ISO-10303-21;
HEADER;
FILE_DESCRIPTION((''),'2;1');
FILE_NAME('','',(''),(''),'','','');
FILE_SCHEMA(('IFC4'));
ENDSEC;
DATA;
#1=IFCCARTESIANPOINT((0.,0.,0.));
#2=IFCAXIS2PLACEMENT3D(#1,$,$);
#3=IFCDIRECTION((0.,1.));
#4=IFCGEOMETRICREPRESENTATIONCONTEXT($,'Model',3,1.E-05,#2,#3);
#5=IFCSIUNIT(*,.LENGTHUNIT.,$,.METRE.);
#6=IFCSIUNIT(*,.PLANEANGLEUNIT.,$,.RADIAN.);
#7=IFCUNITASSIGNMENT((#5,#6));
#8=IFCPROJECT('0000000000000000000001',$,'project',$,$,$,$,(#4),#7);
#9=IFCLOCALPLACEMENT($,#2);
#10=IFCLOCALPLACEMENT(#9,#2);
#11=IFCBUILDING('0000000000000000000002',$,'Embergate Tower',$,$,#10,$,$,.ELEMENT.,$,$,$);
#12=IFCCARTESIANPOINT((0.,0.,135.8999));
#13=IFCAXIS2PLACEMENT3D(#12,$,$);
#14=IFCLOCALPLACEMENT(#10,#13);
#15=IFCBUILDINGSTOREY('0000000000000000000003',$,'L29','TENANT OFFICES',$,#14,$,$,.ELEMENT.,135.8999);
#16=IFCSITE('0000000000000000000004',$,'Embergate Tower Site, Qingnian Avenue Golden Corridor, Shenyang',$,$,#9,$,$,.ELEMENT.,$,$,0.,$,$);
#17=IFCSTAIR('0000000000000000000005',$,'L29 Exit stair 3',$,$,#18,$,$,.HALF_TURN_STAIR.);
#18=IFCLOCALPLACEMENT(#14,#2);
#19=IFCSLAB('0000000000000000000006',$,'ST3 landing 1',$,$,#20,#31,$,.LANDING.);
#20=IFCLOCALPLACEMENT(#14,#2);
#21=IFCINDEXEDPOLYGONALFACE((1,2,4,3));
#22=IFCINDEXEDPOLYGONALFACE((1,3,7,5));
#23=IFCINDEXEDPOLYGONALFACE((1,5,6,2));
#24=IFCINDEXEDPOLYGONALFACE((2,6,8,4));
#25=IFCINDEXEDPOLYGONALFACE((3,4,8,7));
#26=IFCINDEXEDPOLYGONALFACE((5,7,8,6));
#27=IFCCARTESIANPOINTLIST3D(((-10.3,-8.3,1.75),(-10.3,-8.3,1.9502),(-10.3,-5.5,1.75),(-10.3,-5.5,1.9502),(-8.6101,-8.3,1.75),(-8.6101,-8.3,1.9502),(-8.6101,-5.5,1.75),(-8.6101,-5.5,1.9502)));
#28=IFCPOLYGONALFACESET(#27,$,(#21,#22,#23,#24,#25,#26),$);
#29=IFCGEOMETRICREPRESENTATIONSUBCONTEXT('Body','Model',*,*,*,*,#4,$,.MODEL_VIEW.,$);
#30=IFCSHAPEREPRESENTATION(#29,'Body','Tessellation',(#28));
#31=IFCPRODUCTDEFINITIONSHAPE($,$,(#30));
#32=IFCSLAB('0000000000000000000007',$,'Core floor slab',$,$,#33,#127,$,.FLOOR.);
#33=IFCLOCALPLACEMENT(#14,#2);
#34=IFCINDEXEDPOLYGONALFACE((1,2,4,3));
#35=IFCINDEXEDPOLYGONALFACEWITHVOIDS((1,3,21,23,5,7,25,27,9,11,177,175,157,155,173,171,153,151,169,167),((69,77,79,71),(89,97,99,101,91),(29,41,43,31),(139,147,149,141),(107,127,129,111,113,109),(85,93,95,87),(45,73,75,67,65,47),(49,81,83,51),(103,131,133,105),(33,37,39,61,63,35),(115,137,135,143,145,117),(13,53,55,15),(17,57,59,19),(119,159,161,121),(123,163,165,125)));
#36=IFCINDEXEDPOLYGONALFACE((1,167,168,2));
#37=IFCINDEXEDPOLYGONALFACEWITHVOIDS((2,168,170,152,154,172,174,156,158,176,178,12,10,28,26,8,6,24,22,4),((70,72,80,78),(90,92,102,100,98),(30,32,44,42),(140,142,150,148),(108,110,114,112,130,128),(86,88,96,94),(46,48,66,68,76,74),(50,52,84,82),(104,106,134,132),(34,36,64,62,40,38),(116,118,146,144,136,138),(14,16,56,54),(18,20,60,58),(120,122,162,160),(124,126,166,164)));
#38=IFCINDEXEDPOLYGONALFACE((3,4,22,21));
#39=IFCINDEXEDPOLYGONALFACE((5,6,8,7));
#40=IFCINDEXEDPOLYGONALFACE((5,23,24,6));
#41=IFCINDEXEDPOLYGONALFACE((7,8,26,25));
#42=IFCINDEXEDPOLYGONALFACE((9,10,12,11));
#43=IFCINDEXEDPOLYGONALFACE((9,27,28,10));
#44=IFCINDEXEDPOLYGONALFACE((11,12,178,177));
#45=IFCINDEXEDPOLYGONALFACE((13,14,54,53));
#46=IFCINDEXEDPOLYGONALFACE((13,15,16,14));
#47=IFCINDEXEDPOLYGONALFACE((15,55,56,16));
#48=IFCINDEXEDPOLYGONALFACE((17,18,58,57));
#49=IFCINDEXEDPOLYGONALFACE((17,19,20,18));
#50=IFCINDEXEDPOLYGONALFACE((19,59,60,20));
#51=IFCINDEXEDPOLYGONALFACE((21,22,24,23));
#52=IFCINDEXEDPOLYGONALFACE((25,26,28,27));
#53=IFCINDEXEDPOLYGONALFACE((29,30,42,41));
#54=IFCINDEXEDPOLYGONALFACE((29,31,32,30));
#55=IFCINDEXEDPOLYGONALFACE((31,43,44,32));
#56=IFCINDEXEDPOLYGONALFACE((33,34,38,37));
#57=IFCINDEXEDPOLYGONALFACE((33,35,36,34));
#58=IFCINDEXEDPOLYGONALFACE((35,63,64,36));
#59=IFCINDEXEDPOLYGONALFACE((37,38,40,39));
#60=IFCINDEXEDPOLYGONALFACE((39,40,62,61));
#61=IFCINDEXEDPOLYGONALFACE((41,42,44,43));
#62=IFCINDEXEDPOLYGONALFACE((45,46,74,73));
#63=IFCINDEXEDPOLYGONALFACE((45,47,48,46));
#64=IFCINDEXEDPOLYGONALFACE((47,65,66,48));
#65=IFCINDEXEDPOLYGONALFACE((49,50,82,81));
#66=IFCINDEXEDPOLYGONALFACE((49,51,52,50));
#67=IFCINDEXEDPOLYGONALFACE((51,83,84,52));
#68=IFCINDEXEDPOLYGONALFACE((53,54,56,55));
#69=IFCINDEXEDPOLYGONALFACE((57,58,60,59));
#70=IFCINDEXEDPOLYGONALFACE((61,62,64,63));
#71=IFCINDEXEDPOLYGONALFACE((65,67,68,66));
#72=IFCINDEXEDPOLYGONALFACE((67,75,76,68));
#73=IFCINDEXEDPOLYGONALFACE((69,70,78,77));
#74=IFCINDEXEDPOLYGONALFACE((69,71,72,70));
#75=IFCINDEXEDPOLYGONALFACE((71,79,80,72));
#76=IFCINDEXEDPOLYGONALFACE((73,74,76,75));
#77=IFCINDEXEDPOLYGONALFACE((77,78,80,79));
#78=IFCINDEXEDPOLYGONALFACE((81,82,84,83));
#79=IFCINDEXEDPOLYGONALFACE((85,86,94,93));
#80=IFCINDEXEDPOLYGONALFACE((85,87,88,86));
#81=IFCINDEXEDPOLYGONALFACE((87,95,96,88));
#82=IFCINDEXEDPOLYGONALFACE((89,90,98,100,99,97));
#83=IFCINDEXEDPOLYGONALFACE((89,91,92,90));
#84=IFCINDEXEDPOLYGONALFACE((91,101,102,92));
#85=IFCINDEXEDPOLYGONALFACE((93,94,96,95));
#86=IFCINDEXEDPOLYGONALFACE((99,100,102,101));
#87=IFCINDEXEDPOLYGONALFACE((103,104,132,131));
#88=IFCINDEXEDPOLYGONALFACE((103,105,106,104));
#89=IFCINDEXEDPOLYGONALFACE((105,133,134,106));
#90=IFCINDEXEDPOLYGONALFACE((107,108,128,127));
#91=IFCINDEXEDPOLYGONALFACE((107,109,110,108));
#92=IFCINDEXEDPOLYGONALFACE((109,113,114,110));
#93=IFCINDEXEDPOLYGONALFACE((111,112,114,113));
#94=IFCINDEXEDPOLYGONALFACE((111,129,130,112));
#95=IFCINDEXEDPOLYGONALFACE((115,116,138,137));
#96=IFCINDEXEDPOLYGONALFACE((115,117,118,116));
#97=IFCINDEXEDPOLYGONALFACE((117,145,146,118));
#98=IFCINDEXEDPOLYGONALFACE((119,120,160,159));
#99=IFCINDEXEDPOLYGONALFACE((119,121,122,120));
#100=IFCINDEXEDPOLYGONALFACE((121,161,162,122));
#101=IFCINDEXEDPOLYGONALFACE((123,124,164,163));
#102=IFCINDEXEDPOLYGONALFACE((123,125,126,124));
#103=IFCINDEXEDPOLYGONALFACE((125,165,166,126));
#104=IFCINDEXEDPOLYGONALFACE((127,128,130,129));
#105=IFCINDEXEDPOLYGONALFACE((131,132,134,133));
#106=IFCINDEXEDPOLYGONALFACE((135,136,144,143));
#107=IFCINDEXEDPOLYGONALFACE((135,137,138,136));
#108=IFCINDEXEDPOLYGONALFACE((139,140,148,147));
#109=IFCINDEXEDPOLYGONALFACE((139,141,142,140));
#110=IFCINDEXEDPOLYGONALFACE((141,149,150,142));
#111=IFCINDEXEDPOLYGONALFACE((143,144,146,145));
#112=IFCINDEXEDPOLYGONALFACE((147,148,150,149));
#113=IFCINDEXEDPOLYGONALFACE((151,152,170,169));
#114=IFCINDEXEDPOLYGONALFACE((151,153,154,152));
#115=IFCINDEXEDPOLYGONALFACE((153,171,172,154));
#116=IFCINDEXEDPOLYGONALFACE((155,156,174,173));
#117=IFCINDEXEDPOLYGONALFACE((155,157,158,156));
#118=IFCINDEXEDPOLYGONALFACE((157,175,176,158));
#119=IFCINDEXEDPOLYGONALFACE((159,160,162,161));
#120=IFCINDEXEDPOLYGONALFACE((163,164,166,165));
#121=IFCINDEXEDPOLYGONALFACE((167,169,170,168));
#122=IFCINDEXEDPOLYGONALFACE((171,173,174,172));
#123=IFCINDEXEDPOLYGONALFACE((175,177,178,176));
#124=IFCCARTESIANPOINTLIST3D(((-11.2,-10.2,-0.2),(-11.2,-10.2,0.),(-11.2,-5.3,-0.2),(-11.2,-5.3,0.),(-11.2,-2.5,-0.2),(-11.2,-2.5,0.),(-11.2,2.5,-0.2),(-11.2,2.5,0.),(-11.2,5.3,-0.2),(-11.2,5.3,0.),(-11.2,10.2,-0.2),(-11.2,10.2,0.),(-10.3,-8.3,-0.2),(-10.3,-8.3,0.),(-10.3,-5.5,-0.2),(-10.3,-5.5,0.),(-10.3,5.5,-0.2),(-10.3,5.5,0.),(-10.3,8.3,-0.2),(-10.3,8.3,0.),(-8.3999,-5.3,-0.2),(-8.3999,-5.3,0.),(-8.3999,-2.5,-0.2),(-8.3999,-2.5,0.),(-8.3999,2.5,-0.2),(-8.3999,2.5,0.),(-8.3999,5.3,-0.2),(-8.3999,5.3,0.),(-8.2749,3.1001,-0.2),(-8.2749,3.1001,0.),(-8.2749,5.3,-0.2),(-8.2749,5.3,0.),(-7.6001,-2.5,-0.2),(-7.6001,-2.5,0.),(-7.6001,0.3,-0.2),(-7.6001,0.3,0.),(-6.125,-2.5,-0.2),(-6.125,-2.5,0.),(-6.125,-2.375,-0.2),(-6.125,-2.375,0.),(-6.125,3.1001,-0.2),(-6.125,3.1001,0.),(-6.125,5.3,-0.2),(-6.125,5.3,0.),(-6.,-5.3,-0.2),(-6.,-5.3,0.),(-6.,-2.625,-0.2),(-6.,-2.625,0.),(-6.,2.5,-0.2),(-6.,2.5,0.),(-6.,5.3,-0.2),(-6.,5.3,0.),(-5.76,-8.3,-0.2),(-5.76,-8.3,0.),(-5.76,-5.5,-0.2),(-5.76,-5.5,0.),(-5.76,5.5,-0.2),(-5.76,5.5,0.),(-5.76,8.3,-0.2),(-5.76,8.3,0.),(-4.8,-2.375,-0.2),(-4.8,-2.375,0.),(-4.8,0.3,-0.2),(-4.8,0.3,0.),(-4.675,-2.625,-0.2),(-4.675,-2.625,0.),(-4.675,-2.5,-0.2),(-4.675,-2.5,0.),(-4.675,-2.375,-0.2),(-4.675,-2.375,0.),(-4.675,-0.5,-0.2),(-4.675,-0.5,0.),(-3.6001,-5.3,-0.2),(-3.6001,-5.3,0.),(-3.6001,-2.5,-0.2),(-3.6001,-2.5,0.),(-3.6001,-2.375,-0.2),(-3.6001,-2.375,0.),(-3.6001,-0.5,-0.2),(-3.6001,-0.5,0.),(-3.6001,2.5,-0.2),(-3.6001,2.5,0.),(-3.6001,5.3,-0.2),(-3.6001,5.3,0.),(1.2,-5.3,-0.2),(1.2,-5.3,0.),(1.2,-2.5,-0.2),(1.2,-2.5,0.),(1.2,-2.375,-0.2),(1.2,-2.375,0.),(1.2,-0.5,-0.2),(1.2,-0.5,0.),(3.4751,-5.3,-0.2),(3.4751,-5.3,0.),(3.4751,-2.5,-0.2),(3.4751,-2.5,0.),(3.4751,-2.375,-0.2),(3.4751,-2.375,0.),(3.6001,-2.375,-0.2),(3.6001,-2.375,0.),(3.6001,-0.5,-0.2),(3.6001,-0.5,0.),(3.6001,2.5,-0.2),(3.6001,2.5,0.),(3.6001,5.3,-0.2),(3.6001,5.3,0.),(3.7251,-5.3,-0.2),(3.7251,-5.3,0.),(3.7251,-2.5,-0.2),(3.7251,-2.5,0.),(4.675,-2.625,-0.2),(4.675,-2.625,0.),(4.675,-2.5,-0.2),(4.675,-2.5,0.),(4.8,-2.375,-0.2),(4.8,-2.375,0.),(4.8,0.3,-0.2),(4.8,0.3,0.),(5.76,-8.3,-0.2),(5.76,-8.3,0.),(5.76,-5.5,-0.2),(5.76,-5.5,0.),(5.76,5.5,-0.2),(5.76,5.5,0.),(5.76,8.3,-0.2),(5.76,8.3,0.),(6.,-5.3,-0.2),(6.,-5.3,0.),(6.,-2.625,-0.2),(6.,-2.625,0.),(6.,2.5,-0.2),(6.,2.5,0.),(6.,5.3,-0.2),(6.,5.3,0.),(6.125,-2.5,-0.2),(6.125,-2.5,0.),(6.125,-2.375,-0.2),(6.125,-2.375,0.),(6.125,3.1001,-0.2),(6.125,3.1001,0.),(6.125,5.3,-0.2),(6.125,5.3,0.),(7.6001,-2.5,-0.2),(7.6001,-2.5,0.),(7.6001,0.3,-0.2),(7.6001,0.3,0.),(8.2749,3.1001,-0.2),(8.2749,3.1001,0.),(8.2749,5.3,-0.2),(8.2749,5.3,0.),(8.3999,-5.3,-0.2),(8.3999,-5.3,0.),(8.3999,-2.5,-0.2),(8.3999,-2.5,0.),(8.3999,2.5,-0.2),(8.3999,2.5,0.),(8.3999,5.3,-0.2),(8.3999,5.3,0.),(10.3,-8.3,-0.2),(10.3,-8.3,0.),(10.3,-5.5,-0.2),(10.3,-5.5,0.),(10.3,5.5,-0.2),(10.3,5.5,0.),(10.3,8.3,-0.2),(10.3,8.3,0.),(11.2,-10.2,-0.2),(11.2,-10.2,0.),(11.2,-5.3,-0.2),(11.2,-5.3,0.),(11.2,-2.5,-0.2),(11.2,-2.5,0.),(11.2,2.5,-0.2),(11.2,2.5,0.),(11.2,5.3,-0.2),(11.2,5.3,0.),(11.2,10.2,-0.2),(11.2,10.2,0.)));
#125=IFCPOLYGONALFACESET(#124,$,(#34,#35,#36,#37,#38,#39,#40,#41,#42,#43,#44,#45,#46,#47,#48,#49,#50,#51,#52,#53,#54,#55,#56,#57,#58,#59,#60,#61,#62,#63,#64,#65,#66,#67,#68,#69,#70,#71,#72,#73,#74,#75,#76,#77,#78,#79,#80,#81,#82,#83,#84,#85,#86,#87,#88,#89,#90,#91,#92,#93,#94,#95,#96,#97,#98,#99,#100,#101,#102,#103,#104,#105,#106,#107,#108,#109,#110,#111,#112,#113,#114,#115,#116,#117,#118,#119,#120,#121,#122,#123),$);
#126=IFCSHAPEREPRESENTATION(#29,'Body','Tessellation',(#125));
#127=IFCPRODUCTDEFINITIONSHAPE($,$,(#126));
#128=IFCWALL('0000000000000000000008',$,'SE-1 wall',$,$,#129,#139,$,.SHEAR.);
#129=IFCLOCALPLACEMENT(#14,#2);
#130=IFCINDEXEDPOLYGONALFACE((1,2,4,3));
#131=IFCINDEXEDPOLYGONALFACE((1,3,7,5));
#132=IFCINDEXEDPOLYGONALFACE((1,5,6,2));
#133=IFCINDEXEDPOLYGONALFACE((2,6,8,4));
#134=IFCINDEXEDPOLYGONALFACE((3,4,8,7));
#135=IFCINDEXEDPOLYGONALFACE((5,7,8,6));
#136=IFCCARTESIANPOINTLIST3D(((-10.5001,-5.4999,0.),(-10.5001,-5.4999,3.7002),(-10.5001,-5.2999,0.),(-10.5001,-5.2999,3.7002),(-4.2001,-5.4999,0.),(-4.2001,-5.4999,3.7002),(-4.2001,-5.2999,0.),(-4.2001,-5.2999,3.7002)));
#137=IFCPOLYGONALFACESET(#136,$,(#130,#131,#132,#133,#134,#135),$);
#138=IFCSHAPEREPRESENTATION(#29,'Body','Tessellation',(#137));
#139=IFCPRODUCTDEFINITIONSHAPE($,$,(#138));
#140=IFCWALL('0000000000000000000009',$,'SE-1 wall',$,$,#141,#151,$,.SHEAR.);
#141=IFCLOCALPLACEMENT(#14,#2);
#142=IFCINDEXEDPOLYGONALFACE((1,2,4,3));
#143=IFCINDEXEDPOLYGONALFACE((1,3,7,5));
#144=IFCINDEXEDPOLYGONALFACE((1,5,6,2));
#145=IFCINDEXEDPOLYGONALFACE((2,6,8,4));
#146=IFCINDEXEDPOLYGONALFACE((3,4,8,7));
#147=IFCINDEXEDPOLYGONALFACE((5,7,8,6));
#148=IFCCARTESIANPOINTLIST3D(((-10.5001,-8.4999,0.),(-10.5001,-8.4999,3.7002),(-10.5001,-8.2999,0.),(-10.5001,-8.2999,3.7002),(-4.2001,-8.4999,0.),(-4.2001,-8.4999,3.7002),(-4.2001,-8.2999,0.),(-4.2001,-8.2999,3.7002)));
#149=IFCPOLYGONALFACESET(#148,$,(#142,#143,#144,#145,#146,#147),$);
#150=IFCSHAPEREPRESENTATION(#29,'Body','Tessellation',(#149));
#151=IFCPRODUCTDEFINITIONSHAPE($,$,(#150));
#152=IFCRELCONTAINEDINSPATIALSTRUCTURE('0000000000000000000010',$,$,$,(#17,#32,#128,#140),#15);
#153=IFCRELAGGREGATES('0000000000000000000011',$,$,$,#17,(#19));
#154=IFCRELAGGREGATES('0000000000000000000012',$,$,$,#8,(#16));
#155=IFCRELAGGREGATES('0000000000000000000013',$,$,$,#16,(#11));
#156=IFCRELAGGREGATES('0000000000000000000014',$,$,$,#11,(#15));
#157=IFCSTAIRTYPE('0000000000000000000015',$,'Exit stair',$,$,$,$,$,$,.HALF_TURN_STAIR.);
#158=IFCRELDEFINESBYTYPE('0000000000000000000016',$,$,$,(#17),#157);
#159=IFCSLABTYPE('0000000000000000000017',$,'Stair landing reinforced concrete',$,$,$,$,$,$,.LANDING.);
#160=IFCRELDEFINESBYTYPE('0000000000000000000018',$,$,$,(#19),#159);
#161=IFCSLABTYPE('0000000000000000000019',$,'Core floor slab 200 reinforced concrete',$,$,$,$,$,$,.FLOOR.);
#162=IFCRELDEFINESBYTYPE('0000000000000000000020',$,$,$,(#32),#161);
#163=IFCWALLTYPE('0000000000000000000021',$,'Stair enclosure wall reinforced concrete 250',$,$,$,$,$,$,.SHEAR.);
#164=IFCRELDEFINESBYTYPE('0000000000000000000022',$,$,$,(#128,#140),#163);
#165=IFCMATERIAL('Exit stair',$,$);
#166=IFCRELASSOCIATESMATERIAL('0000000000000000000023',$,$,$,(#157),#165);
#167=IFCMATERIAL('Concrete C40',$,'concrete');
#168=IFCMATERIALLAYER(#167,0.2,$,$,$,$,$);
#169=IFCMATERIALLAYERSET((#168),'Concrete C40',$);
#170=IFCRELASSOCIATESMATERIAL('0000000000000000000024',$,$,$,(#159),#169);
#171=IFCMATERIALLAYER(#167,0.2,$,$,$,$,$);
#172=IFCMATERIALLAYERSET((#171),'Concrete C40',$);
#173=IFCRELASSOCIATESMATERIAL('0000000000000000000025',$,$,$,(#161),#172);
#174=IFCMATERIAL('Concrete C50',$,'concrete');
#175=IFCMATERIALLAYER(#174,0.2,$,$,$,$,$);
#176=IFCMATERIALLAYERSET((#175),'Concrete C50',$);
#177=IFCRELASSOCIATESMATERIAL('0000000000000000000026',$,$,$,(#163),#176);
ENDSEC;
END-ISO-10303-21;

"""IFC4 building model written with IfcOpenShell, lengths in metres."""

from ifc_helpers import new_model, si_unit, direction, frame, frame_2d, origin, place, context, subcontext, project, spatial, polyline, rectangle, outline, extrude, source, transform, mapped, material, layer, layer_set, type_object, element, aggregate, save


model = new_model("IFC4")

# Units and contexts
model_context = context("Model", 3, precision=1e-05, world=origin(), true_north=direction((0.0, 1.0)))
body_context = subcontext(model_context, "Body", "Model", "MODEL_VIEW")
ifc_project = project(units=[si_unit("LENGTHUNIT", "METRE"), si_unit("PLANEANGLEUNIT", "RADIAN")], contexts=[model_context])

# Site, building, storey
site_placement = place(None, origin())
site = spatial("IfcSite", under=ifc_project, at=site_placement, Name="Embergate Tower Site, Qingnian Avenue Golden Corridor, Shenyang", CompositionType="ELEMENT", RefElevation=0.0)
building_placement = place(site_placement, origin())
building = spatial("IfcBuilding", under=site, at=building_placement, Name="Embergate Tower", CompositionType="ELEMENT")
storey_placement = place(building_placement, frame((0.0, 0.0, 135.8999)))
storey = spatial("IfcBuildingStorey", under=building, at=storey_placement, Name="L29", Description="TENANT OFFICES", CompositionType="ELEMENT", Elevation=135.8999)

# Stair, slab
ifc_material_1 = material(Name="Exit stair")
stair_type = type_object("IfcStairType", Name="Exit stair", PredefinedType="HALF_TURN_STAIR", material=ifc_material_1)
stair_placement = place(storey_placement, origin())
stair = element("IfcStair", 1, at=stair_placement, inside=storey, type_object=stair_type, Name="L29 Exit stair 3", PredefinedType="HALF_TURN_STAIR")
ifc_material_2 = material(Name="Concrete C40", Category="concrete")
ifc_layer_1 = layer(ifc_material_2, 0.2)
ifc_layer_set_1 = layer_set([ifc_layer_1], Name="Concrete C40")
slab_type_1 = type_object("IfcSlabType", Name="Stair landing reinforced concrete", PredefinedType="LANDING", material=ifc_layer_set_1)
shared_shape_1 = source(origin(), body_context, "Body", "SweptSolid", [
    extrude(outline(polyline([(0.0, 0.0), (1.6899, 0.0), (1.6899, 2.8), (0.0, 2.8), (0.0, 0.0)])), origin(), (0.0, 0.0, 1.0), 0.2002),
])
slab_1_placement = place(storey_placement, frame((-10.3, -8.3, 1.75)))
slab_1 = element("IfcSlab", 2, at=slab_1_placement, type_object=slab_type_1, Name="ST3 landing 1", PredefinedType="LANDING", context=body_context, shape_type="MappedRepresentation", body=[
    mapped(shared_shape_1, transform((0.0, 0.0, 0.0))),
])

# Slab
ifc_layer_2 = layer(ifc_material_2, 0.2)
ifc_layer_set_2 = layer_set([ifc_layer_2], Name="Concrete C40")
slab_type_2 = type_object("IfcSlabType", Name="Core floor slab 200 reinforced concrete", PredefinedType="FLOOR", material=ifc_layer_set_2)
shared_shape_2 = source(origin(), body_context, "Body", "SweptSolid", [
    extrude(outline(polyline([(0.0, 0.0), (22.3999, 0.0), (22.3999, 4.8999), (19.5999, 4.8999), (19.5999, 7.7), (22.3999, 7.7), (22.3999, 12.7), (19.5999, 12.7), (19.5999, 15.5), (22.3999, 15.5), (22.3999, 20.3999), (0.0, 20.3999), (0.0, 15.5), (2.8, 15.5), (2.8, 12.7), (0.0, 12.7), (0.0, 7.7), (2.8, 7.7), (2.8, 4.8999), (0.0, 4.8999), (0.0, 0.0)]), holes=[polyline([(0.8999, 1.8999), (0.8999, 4.7), (5.4399, 4.7), (5.4399, 1.8999), (0.8999, 1.8999)]), polyline([(16.96, 1.8999), (16.96, 4.7), (21.5, 4.7), (21.5, 1.8999), (16.96, 1.8999)]), polyline([(5.2, 4.8999), (5.2, 7.575), (6.5249, 7.575), (6.5249, 7.7), (7.5999, 7.7), (7.5999, 4.8999), (5.2, 4.8999)]), polyline([(12.3999, 4.8999), (12.3999, 7.7), (14.675, 7.7), (14.675, 4.8999), (12.3999, 4.8999)]), polyline([(14.925, 4.8999), (14.925, 7.7), (15.875, 7.7), (15.875, 7.575), (17.2, 7.575), (17.2, 4.8999), (14.925, 4.8999)]), polyline([(3.5999, 7.7), (3.5999, 10.5), (6.3999, 10.5), (6.3999, 7.825), (5.075, 7.825), (5.075, 7.7), (3.5999, 7.7)]), polyline([(17.325, 7.7), (17.325, 7.825), (16.0, 7.825), (16.0, 10.5), (18.8, 10.5), (18.8, 7.7), (17.325, 7.7)]), polyline([(6.5249, 7.825), (6.5249, 9.7), (7.5999, 9.7), (7.5999, 7.825), (6.5249, 7.825)]), polyline([(12.3999, 7.825), (12.3999, 9.7), (14.8, 9.7), (14.8, 7.825), (14.675, 7.825), (12.3999, 7.825)]), polyline([(5.2, 12.7), (5.2, 15.5), (7.5999, 15.5), (7.5999, 12.7), (5.2, 12.7)]), polyline([(14.8, 12.7), (14.8, 15.5), (17.2, 15.5), (17.2, 12.7), (14.8, 12.7)]), polyline([(2.925, 13.3), (2.925, 15.5), (5.075, 15.5), (5.075, 13.3), (2.925, 13.3)]), polyline([(17.325, 13.3), (17.325, 15.5), (19.4749, 15.5), (19.4749, 13.3), (17.325, 13.3)]), polyline([(0.8999, 15.7), (0.8999, 18.5), (5.4399, 18.5), (5.4399, 15.7), (0.8999, 15.7)]), polyline([(16.96, 15.7), (16.96, 18.5), (21.5, 18.5), (21.5, 15.7), (16.96, 15.7)])]), origin(), (0.0, 0.0, 1.0), 0.2),
])
slab_2_placement = place(storey_placement, frame((-11.2, -10.2, -0.2)))
element("IfcSlab", 3, at=slab_2_placement, inside=storey, type_object=slab_type_2, Name="Core floor slab", PredefinedType="FLOOR", context=body_context, shape_type="MappedRepresentation", body=[
    mapped(shared_shape_2, transform((0.0, 0.0, 0.0))),
])

# Walls
ifc_material_3 = material(Name="Concrete C50", Category="concrete")
ifc_layer_3 = layer(ifc_material_3, 0.2)
ifc_layer_set_3 = layer_set([ifc_layer_3], Name="Concrete C50")
wall_type_1 = type_object("IfcWallType", Name="Stair enclosure wall reinforced concrete 250", PredefinedType="SHEAR", material=ifc_layer_set_3)
shared_shape_3 = source(origin(), body_context, "Body", "SweptSolid", [
    extrude(rectangle(XDim=6.3, YDim=0.2, at=frame_2d((3.1499, 0.0))), origin(), (0.0, 0.0, 1.0), 3.7002),
])
for number, where, z_axis, x_axis, name in (
    (4, (-10.5, -5.3999, 0.0), (0.0, 0.0, 1.0), (1.0, 0.0, 0.0), "SE-1 wall"),
    (5, (-10.5, -8.3999, 0.0), (0.0, 0.0, 1.0), (1.0, 0.0, 0.0), "SE-1 wall"),
):
    element("IfcWall", number, at=place(storey_placement, frame(where, z_axis=z_axis, x_axis=x_axis)), inside=storey, type_object=wall_type_1, Name=name, PredefinedType="SHEAR", context=body_context, shape_type="MappedRepresentation", body=[
        mapped(shared_shape_3, transform((0.0, 0.0, 0.0))),
    ])

aggregate(stair, [slab_1])

save(model, "model.ifc")
